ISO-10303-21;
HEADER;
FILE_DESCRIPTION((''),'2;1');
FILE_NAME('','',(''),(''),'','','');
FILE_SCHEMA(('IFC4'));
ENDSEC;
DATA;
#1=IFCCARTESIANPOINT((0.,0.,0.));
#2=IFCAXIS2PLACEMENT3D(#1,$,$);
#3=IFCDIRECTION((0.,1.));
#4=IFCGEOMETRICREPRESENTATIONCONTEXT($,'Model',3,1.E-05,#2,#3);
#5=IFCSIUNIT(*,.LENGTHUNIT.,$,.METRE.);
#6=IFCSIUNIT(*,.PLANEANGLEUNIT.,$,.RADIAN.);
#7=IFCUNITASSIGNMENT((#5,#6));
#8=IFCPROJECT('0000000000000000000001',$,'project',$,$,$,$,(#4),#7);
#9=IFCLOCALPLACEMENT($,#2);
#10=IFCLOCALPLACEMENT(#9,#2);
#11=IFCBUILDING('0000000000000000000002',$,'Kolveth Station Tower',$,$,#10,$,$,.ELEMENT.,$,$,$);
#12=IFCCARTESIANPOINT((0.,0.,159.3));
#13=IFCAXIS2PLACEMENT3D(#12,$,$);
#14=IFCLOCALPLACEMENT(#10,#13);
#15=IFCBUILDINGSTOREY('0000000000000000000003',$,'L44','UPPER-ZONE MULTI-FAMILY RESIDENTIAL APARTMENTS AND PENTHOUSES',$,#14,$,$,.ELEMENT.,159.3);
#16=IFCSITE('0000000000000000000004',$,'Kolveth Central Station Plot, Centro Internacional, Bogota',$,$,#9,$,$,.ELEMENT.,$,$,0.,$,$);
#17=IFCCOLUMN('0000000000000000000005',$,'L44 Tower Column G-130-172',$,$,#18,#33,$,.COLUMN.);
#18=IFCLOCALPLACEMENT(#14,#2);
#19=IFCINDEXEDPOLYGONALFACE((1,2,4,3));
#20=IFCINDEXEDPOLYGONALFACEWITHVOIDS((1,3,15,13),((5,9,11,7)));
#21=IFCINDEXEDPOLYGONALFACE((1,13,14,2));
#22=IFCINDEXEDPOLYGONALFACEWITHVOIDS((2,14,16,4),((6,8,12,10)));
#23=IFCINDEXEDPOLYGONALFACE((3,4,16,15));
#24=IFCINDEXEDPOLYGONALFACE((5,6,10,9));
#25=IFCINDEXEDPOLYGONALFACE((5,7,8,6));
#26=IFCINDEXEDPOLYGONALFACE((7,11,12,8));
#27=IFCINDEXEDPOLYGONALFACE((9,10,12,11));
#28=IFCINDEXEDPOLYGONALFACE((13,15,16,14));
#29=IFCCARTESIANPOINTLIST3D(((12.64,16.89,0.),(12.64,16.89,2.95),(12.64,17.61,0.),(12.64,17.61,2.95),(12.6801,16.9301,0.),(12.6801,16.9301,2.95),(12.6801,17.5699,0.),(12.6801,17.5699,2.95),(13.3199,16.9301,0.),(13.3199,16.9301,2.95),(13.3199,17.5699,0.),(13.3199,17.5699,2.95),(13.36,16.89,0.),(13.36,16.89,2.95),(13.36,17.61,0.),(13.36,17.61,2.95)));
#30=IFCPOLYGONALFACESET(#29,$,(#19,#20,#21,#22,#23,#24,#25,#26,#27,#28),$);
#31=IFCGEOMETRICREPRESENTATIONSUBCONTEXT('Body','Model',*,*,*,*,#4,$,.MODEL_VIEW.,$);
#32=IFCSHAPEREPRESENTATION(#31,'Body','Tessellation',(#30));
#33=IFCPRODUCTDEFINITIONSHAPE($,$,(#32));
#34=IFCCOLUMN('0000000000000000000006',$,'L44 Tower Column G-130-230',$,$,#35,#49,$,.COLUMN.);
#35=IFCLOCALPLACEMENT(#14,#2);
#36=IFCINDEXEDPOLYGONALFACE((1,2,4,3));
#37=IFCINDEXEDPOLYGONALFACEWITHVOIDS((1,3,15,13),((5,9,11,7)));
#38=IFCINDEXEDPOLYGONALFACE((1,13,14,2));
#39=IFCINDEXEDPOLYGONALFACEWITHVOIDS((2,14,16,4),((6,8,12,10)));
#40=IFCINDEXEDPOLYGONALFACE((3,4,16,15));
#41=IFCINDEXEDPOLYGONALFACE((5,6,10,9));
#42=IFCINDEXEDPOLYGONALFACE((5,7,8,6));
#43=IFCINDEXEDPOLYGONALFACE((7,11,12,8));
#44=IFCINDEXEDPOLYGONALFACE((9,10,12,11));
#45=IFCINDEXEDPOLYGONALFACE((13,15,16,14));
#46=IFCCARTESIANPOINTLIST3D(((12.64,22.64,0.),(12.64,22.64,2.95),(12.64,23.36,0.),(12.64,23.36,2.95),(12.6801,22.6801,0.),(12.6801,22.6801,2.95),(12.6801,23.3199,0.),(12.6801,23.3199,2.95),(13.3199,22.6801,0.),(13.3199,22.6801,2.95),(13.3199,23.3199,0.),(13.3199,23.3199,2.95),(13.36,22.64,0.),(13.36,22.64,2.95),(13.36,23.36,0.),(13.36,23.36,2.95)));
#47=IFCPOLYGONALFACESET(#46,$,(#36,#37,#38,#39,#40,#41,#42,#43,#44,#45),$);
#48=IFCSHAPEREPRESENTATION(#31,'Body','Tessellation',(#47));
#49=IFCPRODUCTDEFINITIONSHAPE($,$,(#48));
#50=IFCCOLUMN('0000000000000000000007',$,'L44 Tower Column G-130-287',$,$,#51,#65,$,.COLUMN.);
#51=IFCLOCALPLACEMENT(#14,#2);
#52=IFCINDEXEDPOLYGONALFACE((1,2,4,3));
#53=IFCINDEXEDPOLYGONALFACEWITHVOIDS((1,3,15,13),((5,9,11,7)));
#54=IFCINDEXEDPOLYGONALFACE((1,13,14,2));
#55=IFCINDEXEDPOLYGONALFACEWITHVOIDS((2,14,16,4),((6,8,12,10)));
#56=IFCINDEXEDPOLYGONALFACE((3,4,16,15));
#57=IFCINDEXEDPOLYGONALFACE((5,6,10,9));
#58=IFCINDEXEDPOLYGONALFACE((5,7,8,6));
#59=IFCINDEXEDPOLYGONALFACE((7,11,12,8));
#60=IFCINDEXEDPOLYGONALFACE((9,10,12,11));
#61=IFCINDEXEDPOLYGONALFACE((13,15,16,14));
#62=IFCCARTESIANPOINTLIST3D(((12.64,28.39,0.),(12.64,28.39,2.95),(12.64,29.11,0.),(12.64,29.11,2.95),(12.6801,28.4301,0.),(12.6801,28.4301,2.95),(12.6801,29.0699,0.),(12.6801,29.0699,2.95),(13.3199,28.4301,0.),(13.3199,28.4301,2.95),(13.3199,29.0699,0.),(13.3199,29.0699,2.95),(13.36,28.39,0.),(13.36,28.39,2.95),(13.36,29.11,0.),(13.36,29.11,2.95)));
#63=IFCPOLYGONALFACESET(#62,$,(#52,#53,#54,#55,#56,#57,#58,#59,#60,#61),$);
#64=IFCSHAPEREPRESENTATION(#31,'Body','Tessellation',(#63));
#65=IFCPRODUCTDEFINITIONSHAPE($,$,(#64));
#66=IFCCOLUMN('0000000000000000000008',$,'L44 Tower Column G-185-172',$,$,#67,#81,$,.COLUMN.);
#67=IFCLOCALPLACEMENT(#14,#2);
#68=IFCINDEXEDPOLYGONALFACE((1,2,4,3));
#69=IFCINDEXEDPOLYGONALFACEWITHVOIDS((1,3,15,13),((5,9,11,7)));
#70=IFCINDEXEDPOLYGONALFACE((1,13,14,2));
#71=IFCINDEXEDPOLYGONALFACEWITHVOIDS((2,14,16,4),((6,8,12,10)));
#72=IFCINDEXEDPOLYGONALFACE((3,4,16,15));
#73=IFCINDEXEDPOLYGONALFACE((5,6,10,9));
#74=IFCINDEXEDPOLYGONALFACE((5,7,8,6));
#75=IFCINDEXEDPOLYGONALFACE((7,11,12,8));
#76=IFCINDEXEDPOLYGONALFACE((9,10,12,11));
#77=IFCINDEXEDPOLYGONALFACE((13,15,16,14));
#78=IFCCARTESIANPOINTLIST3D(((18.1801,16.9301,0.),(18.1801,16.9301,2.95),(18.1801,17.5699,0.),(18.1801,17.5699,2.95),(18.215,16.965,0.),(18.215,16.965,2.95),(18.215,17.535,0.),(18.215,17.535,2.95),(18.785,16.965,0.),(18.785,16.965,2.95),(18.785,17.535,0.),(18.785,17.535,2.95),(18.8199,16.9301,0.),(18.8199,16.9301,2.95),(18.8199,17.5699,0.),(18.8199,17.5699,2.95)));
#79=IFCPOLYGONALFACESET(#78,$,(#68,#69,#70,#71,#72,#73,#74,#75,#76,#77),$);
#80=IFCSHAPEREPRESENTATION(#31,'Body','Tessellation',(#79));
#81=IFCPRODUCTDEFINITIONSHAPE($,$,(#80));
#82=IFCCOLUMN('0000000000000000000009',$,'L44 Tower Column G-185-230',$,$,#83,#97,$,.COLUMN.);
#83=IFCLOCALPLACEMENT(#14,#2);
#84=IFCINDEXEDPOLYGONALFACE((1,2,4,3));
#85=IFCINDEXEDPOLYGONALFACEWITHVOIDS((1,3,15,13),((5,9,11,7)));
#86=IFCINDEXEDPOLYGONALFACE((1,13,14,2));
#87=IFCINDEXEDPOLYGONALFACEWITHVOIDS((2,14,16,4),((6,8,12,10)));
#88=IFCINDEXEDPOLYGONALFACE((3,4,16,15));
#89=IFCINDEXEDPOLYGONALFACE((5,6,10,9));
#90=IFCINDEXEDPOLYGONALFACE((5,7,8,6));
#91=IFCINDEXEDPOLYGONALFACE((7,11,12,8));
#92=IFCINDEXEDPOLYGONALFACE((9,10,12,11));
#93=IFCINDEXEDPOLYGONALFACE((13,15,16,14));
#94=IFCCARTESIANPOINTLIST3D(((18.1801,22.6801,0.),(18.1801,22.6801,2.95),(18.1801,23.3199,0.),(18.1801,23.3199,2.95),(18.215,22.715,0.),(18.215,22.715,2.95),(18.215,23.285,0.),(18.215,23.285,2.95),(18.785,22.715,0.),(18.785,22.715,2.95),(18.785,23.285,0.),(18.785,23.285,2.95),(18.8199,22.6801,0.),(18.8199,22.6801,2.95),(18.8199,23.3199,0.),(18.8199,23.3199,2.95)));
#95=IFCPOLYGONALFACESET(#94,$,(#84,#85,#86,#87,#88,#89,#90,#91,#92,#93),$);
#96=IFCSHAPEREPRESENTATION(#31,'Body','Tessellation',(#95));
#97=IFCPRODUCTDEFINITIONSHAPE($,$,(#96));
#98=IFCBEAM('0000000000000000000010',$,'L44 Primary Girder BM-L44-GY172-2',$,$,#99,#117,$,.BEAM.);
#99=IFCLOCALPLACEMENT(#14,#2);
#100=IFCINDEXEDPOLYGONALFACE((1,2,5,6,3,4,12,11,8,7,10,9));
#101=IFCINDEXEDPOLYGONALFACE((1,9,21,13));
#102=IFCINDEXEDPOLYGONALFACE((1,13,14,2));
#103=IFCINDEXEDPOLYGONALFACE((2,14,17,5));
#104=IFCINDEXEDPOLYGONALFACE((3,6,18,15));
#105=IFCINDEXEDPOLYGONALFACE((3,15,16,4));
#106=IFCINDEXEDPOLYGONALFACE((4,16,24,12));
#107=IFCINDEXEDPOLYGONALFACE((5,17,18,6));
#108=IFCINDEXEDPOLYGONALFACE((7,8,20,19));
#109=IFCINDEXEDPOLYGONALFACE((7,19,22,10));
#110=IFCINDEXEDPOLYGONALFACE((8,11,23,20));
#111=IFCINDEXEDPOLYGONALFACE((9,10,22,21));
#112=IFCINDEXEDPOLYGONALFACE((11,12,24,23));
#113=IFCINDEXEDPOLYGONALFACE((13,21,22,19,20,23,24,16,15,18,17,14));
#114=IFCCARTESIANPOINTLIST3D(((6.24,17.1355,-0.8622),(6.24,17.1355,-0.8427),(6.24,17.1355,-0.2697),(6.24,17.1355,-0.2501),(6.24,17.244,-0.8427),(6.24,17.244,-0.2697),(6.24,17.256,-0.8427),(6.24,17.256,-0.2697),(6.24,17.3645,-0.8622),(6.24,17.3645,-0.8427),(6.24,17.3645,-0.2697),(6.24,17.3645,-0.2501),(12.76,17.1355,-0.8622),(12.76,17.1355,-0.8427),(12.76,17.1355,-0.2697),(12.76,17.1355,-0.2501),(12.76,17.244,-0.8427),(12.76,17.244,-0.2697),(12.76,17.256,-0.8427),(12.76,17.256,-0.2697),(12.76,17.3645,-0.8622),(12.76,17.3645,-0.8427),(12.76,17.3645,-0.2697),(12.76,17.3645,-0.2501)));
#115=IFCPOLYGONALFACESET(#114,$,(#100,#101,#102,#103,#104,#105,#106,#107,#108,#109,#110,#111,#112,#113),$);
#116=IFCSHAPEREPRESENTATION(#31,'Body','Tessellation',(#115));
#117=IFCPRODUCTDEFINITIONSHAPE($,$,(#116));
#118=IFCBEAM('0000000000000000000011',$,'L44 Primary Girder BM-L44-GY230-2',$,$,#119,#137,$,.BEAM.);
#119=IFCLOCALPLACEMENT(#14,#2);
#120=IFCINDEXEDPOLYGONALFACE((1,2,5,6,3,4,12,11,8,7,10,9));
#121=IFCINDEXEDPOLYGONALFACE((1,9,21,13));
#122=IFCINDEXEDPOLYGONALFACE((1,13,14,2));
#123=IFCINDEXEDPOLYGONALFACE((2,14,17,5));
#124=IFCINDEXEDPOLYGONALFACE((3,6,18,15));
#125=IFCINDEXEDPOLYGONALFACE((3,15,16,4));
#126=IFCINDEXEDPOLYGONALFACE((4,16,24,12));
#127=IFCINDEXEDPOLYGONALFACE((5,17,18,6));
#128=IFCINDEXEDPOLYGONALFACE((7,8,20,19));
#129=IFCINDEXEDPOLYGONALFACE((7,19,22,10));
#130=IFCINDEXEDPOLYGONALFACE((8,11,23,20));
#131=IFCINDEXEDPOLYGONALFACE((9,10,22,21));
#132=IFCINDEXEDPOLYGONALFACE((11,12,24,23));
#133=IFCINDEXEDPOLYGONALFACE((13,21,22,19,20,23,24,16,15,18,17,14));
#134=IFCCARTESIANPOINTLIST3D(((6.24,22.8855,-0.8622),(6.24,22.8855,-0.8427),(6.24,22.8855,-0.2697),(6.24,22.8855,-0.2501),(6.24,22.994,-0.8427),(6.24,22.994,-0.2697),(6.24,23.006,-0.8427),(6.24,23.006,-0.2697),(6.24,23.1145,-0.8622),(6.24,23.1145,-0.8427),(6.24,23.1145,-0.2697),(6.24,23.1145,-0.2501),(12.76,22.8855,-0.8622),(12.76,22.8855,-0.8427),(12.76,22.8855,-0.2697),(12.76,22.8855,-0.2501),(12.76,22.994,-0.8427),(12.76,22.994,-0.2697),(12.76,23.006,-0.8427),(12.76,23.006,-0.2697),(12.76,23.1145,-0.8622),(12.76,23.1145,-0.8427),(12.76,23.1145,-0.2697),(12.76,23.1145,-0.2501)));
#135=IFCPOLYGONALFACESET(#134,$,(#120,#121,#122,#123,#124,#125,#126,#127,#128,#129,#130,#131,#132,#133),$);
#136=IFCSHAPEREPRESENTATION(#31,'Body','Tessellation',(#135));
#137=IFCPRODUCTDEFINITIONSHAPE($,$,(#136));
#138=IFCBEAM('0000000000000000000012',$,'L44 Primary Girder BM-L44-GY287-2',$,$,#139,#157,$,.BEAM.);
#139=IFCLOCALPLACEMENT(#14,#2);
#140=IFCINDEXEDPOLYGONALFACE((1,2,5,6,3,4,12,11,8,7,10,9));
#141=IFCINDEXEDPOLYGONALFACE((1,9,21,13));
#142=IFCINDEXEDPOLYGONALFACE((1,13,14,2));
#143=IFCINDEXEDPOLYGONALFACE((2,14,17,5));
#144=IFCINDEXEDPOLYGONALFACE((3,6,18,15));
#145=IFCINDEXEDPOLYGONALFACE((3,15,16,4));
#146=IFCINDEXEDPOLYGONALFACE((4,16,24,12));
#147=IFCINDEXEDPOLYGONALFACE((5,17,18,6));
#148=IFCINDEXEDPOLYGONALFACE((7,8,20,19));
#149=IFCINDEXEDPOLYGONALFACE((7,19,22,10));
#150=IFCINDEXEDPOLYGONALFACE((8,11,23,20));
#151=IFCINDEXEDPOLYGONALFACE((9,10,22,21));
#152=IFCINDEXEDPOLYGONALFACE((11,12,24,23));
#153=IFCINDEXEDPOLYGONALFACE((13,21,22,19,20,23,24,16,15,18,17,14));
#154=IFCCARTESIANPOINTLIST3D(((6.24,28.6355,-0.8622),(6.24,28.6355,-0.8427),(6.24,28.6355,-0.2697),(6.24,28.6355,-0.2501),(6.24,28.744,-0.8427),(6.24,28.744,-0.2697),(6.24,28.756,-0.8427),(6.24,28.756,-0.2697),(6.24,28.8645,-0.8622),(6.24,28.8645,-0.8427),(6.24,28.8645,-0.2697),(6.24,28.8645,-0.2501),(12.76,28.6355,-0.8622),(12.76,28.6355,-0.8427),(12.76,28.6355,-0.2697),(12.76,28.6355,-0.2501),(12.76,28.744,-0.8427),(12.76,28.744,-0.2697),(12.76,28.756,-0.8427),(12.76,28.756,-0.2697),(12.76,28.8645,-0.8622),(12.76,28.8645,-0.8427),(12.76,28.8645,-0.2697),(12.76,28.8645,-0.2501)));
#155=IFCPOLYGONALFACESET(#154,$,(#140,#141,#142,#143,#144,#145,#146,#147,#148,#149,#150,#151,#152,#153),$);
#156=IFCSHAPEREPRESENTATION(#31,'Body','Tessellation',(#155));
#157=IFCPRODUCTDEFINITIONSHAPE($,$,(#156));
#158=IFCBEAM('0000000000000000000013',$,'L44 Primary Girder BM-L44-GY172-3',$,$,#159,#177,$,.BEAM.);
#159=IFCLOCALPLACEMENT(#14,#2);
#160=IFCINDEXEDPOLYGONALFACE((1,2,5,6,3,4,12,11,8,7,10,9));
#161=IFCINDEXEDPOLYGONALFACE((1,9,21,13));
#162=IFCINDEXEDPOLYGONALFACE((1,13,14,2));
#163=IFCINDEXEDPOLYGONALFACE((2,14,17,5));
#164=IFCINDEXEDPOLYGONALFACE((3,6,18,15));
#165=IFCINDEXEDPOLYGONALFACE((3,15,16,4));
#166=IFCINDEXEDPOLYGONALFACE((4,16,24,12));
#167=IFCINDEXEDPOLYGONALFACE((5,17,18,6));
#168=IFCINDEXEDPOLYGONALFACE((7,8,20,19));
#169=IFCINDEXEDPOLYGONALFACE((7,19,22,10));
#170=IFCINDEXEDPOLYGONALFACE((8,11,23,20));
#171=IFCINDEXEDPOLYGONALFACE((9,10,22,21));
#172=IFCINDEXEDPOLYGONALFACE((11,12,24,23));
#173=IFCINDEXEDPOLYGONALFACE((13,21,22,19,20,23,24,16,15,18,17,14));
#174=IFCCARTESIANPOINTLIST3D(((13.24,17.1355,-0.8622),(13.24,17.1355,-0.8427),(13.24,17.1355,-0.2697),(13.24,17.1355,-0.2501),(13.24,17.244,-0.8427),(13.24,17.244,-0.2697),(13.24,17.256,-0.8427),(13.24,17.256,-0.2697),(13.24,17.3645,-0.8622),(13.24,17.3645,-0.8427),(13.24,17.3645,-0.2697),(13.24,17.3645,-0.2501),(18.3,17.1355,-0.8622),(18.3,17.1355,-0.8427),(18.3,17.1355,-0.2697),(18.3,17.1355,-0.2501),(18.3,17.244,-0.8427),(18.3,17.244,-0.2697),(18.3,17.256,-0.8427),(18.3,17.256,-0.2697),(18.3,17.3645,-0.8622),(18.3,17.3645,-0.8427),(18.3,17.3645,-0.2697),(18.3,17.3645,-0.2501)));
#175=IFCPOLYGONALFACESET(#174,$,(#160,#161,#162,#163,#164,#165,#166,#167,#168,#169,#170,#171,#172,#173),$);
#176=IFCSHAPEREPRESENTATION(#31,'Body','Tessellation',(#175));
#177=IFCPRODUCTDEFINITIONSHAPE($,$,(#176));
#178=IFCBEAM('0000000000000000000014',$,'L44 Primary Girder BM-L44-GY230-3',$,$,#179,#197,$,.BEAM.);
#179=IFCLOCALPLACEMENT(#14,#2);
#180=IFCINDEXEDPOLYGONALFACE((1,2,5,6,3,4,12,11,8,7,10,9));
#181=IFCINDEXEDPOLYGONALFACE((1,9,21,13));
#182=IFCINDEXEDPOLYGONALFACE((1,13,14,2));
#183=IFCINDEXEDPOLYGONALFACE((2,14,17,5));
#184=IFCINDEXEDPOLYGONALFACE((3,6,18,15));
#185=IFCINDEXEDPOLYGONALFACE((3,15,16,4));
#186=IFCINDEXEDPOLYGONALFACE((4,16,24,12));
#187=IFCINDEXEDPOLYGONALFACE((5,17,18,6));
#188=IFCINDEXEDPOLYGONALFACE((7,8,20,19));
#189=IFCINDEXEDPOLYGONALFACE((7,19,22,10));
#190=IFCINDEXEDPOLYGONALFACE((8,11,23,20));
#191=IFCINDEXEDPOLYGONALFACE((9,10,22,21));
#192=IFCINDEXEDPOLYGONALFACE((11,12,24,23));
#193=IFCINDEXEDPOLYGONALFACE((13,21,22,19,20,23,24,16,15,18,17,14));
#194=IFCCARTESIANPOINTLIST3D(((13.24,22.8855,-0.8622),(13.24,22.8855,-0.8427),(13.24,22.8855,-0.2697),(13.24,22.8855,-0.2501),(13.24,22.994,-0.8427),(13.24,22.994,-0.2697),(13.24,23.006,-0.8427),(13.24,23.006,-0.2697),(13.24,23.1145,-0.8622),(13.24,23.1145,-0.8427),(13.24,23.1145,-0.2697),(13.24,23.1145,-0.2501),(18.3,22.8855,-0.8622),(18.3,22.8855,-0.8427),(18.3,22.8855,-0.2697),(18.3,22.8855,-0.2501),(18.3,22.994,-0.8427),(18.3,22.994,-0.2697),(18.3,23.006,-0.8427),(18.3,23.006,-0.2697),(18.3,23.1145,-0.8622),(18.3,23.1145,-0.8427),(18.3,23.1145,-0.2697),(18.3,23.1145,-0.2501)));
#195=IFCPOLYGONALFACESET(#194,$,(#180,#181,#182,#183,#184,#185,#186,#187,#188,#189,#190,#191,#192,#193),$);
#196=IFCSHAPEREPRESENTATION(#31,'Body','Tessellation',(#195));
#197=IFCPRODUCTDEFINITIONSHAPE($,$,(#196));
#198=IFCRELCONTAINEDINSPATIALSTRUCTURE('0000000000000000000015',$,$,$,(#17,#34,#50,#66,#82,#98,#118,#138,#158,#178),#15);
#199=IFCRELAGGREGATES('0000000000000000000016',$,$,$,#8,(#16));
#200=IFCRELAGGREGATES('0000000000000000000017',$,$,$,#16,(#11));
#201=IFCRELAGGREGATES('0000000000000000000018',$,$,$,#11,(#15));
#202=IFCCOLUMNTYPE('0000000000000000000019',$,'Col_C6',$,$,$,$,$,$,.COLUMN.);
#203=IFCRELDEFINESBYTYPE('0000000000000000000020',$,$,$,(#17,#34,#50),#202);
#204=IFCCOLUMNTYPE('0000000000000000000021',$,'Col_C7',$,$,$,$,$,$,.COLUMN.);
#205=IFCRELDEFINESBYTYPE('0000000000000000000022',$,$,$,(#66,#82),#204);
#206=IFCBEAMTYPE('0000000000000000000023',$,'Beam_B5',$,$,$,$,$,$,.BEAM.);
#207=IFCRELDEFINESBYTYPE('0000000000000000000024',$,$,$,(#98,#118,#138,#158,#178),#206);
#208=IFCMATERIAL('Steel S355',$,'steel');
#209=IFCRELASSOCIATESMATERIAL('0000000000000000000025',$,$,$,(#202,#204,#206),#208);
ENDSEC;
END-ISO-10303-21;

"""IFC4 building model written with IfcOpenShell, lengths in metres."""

from ifc_helpers import new_model, si_unit, direction, frame, origin, origin_2d, place, context, subcontext, project, spatial, hollow_rectangle, i_section, extrude, source, transform, mapped, material, material_profile, profile_set, type_object, element, save


model = new_model("IFC4")

# Units and contexts
model_context = context("Model", 3, precision=1e-05, world=origin(), true_north=direction((0.0, 1.0)))
body_context = subcontext(model_context, "Body", "Model", "MODEL_VIEW")
ifc_project = project(units=[si_unit("LENGTHUNIT", "METRE"), si_unit("PLANEANGLEUNIT", "RADIAN")], contexts=[model_context])

# Site, building, storey
site_placement = place(None, origin())
site = spatial("IfcSite", under=ifc_project, at=site_placement, Name="Kolveth Central Station Plot, Centro Internacional, Bogota", CompositionType="ELEMENT", RefElevation=0.0)
building_placement = place(site_placement, origin())
building = spatial("IfcBuilding", under=site, at=building_placement, Name="Kolveth Station Tower", CompositionType="ELEMENT")
storey_placement = place(building_placement, frame((0.0, 0.0, 159.3)))
storey = spatial("IfcBuildingStorey", under=building, at=storey_placement, Name="L44", Description="UPPER-ZONE MULTI-FAMILY RESIDENTIAL APARTMENTS AND PENTHOUSES", CompositionType="ELEMENT", Elevation=159.3)

# Columns
ifc_material_1 = material(Name="Steel S355", Category="steel")
ifc_material_profile_1 = material_profile(ifc_material_1, hollow_rectangle(XDim=0.72, YDim=0.72, WallThickness=0.04, at=origin_2d()), Name="BOX720x720x40")
ifc_profile_set_1 = profile_set([ifc_material_profile_1], Name="Steel S355")
column_type_1 = type_object("IfcColumnType", Name="Col_C6", PredefinedType="COLUMN", material=ifc_profile_set_1)
shared_shape_1 = source(origin(), body_context, "Body", "SweptSolid", [
    extrude(hollow_rectangle(XDim=0.72, YDim=0.72, WallThickness=0.04, at=origin_2d()), origin(), (0.0, 0.0, 1.0), 2.95),
])
for number, where, z_axis, x_axis, name in (
    (1, (13.0, 17.25, 0.0), (0.0, 0.0, 1.0), (1.0, 0.0, 0.0), "L44 Tower Column G-130-172"),
    (2, (13.0, 23.0, 0.0), (0.0, 0.0, 1.0), (1.0, 0.0, 0.0), "L44 Tower Column G-130-230"),
    (3, (13.0, 28.75, 0.0), (0.0, 0.0, 1.0), (1.0, 0.0, 0.0), "L44 Tower Column G-130-287"),
):
    element("IfcColumn", number, at=place(storey_placement, frame(where, z_axis=z_axis, x_axis=x_axis)), inside=storey, type_object=column_type_1, Name=name, PredefinedType="COLUMN", context=body_context, shape_type="MappedRepresentation", body=[
        mapped(shared_shape_1, transform((0.0, 0.0, 0.0), x_axis=(1.0, 0.0, 0.0), y_axis=(0.0, 1.0, 0.0), z_axis=(0.0, 0.0, 1.0), scale=1.0)),
    ])
ifc_material_profile_2 = material_profile(ifc_material_1, hollow_rectangle(XDim=0.6399, YDim=0.6399, WallThickness=0.0349, at=origin_2d()), Name="BOX640x640x35")
ifc_profile_set_2 = profile_set([ifc_material_profile_2], Name="Steel S355")
column_type_2 = type_object("IfcColumnType", Name="Col_C7", PredefinedType="COLUMN", material=ifc_profile_set_2)
shared_shape_2 = source(origin(), body_context, "Body", "SweptSolid", [
    extrude(hollow_rectangle(XDim=0.6399, YDim=0.6399, WallThickness=0.0349, at=origin_2d()), origin(), (0.0, 0.0, 1.0), 2.95),
])
for number, where, z_axis, x_axis, name in (
    (4, (18.5, 17.25, 0.0), (0.0, 0.0, 1.0), (1.0, 0.0, 0.0), "L44 Tower Column G-185-172"),
    (5, (18.5, 23.0, 0.0), (0.0, 0.0, 1.0), (1.0, 0.0, 0.0), "L44 Tower Column G-185-230"),
):
    element("IfcColumn", number, at=place(storey_placement, frame(where, z_axis=z_axis, x_axis=x_axis)), inside=storey, type_object=column_type_2, Name=name, PredefinedType="COLUMN", context=body_context, shape_type="MappedRepresentation", body=[
        mapped(shared_shape_2, transform((0.0, 0.0, 0.0), x_axis=(1.0, 0.0, 0.0), y_axis=(0.0, 1.0, 0.0), z_axis=(0.0, 0.0, 1.0), scale=1.0)),
    ])

# Beams
ifc_material_profile_3 = material_profile(ifc_material_1, i_section(OverallWidth=0.229, OverallDepth=0.6121, WebThickness=0.012, FlangeThickness=0.0195, at=origin_2d()), Name="W610x125")
ifc_profile_set_3 = profile_set([ifc_material_profile_3], Name="Steel S355")
beam_type_1 = type_object("IfcBeamType", Name="Beam_B5", PredefinedType="BEAM", material=ifc_profile_set_3)
shared_shape_3 = source(origin(), body_context, "Body", "SweptSolid", [
    extrude(i_section(OverallWidth=0.229, OverallDepth=0.6121, WebThickness=0.012, FlangeThickness=0.0195, at=origin_2d()), origin(), (0.0, 0.0, 1.0), 6.52),
])
for number, where, z_axis, x_axis, name in (
    (6, (6.24, 17.25, -0.5562), (1.0, 0.0, 0.0), (0.0, 1.0, 0.0), "L44 Primary Girder BM-L44-GY172-2"),
    (7, (6.24, 23.0, -0.5562), (1.0, 0.0, 0.0), (0.0, 1.0, 0.0), "L44 Primary Girder BM-L44-GY230-2"),
    (8, (6.24, 28.75, -0.5562), (1.0, 0.0, 0.0), (0.0, 1.0, 0.0), "L44 Primary Girder BM-L44-GY287-2"),
):
    element("IfcBeam", number, at=place(storey_placement, frame(where, z_axis=z_axis, x_axis=x_axis)), inside=storey, type_object=beam_type_1, Name=name, PredefinedType="BEAM", context=body_context, shape_type="MappedRepresentation", body=[
        mapped(shared_shape_3, transform((0.0, 0.0, 0.0), x_axis=(1.0, 0.0, 0.0), y_axis=(0.0, 1.0, 0.0), z_axis=(0.0, 0.0, 1.0), scale=1.0)),
    ])
shared_shape_4 = source(origin(), body_context, "Body", "SweptSolid", [
    extrude(i_section(OverallWidth=0.229, OverallDepth=0.6121, WebThickness=0.012, FlangeThickness=0.0195, at=origin_2d()), origin(), (0.0, 0.0, 1.0), 5.0601),
])
for number, where, z_axis, x_axis, name in (
    (9, (13.24, 17.25, -0.5562), (1.0, 0.0, 0.0), (0.0, 1.0, 0.0), "L44 Primary Girder BM-L44-GY172-3"),
    (10, (13.24, 23.0, -0.5562), (1.0, 0.0, 0.0), (0.0, 1.0, 0.0), "L44 Primary Girder BM-L44-GY230-3"),
):
    element("IfcBeam", number, at=place(storey_placement, frame(where, z_axis=z_axis, x_axis=x_axis)), inside=storey, type_object=beam_type_1, Name=name, PredefinedType="BEAM", context=body_context, shape_type="MappedRepresentation", body=[
        mapped(shared_shape_4, transform((0.0, 0.0, 0.0), x_axis=(1.0, 0.0, 0.0), y_axis=(0.0, 1.0, 0.0), z_axis=(0.0, 0.0, 1.0), scale=1.0)),
    ])

save(model, "model.ifc")
